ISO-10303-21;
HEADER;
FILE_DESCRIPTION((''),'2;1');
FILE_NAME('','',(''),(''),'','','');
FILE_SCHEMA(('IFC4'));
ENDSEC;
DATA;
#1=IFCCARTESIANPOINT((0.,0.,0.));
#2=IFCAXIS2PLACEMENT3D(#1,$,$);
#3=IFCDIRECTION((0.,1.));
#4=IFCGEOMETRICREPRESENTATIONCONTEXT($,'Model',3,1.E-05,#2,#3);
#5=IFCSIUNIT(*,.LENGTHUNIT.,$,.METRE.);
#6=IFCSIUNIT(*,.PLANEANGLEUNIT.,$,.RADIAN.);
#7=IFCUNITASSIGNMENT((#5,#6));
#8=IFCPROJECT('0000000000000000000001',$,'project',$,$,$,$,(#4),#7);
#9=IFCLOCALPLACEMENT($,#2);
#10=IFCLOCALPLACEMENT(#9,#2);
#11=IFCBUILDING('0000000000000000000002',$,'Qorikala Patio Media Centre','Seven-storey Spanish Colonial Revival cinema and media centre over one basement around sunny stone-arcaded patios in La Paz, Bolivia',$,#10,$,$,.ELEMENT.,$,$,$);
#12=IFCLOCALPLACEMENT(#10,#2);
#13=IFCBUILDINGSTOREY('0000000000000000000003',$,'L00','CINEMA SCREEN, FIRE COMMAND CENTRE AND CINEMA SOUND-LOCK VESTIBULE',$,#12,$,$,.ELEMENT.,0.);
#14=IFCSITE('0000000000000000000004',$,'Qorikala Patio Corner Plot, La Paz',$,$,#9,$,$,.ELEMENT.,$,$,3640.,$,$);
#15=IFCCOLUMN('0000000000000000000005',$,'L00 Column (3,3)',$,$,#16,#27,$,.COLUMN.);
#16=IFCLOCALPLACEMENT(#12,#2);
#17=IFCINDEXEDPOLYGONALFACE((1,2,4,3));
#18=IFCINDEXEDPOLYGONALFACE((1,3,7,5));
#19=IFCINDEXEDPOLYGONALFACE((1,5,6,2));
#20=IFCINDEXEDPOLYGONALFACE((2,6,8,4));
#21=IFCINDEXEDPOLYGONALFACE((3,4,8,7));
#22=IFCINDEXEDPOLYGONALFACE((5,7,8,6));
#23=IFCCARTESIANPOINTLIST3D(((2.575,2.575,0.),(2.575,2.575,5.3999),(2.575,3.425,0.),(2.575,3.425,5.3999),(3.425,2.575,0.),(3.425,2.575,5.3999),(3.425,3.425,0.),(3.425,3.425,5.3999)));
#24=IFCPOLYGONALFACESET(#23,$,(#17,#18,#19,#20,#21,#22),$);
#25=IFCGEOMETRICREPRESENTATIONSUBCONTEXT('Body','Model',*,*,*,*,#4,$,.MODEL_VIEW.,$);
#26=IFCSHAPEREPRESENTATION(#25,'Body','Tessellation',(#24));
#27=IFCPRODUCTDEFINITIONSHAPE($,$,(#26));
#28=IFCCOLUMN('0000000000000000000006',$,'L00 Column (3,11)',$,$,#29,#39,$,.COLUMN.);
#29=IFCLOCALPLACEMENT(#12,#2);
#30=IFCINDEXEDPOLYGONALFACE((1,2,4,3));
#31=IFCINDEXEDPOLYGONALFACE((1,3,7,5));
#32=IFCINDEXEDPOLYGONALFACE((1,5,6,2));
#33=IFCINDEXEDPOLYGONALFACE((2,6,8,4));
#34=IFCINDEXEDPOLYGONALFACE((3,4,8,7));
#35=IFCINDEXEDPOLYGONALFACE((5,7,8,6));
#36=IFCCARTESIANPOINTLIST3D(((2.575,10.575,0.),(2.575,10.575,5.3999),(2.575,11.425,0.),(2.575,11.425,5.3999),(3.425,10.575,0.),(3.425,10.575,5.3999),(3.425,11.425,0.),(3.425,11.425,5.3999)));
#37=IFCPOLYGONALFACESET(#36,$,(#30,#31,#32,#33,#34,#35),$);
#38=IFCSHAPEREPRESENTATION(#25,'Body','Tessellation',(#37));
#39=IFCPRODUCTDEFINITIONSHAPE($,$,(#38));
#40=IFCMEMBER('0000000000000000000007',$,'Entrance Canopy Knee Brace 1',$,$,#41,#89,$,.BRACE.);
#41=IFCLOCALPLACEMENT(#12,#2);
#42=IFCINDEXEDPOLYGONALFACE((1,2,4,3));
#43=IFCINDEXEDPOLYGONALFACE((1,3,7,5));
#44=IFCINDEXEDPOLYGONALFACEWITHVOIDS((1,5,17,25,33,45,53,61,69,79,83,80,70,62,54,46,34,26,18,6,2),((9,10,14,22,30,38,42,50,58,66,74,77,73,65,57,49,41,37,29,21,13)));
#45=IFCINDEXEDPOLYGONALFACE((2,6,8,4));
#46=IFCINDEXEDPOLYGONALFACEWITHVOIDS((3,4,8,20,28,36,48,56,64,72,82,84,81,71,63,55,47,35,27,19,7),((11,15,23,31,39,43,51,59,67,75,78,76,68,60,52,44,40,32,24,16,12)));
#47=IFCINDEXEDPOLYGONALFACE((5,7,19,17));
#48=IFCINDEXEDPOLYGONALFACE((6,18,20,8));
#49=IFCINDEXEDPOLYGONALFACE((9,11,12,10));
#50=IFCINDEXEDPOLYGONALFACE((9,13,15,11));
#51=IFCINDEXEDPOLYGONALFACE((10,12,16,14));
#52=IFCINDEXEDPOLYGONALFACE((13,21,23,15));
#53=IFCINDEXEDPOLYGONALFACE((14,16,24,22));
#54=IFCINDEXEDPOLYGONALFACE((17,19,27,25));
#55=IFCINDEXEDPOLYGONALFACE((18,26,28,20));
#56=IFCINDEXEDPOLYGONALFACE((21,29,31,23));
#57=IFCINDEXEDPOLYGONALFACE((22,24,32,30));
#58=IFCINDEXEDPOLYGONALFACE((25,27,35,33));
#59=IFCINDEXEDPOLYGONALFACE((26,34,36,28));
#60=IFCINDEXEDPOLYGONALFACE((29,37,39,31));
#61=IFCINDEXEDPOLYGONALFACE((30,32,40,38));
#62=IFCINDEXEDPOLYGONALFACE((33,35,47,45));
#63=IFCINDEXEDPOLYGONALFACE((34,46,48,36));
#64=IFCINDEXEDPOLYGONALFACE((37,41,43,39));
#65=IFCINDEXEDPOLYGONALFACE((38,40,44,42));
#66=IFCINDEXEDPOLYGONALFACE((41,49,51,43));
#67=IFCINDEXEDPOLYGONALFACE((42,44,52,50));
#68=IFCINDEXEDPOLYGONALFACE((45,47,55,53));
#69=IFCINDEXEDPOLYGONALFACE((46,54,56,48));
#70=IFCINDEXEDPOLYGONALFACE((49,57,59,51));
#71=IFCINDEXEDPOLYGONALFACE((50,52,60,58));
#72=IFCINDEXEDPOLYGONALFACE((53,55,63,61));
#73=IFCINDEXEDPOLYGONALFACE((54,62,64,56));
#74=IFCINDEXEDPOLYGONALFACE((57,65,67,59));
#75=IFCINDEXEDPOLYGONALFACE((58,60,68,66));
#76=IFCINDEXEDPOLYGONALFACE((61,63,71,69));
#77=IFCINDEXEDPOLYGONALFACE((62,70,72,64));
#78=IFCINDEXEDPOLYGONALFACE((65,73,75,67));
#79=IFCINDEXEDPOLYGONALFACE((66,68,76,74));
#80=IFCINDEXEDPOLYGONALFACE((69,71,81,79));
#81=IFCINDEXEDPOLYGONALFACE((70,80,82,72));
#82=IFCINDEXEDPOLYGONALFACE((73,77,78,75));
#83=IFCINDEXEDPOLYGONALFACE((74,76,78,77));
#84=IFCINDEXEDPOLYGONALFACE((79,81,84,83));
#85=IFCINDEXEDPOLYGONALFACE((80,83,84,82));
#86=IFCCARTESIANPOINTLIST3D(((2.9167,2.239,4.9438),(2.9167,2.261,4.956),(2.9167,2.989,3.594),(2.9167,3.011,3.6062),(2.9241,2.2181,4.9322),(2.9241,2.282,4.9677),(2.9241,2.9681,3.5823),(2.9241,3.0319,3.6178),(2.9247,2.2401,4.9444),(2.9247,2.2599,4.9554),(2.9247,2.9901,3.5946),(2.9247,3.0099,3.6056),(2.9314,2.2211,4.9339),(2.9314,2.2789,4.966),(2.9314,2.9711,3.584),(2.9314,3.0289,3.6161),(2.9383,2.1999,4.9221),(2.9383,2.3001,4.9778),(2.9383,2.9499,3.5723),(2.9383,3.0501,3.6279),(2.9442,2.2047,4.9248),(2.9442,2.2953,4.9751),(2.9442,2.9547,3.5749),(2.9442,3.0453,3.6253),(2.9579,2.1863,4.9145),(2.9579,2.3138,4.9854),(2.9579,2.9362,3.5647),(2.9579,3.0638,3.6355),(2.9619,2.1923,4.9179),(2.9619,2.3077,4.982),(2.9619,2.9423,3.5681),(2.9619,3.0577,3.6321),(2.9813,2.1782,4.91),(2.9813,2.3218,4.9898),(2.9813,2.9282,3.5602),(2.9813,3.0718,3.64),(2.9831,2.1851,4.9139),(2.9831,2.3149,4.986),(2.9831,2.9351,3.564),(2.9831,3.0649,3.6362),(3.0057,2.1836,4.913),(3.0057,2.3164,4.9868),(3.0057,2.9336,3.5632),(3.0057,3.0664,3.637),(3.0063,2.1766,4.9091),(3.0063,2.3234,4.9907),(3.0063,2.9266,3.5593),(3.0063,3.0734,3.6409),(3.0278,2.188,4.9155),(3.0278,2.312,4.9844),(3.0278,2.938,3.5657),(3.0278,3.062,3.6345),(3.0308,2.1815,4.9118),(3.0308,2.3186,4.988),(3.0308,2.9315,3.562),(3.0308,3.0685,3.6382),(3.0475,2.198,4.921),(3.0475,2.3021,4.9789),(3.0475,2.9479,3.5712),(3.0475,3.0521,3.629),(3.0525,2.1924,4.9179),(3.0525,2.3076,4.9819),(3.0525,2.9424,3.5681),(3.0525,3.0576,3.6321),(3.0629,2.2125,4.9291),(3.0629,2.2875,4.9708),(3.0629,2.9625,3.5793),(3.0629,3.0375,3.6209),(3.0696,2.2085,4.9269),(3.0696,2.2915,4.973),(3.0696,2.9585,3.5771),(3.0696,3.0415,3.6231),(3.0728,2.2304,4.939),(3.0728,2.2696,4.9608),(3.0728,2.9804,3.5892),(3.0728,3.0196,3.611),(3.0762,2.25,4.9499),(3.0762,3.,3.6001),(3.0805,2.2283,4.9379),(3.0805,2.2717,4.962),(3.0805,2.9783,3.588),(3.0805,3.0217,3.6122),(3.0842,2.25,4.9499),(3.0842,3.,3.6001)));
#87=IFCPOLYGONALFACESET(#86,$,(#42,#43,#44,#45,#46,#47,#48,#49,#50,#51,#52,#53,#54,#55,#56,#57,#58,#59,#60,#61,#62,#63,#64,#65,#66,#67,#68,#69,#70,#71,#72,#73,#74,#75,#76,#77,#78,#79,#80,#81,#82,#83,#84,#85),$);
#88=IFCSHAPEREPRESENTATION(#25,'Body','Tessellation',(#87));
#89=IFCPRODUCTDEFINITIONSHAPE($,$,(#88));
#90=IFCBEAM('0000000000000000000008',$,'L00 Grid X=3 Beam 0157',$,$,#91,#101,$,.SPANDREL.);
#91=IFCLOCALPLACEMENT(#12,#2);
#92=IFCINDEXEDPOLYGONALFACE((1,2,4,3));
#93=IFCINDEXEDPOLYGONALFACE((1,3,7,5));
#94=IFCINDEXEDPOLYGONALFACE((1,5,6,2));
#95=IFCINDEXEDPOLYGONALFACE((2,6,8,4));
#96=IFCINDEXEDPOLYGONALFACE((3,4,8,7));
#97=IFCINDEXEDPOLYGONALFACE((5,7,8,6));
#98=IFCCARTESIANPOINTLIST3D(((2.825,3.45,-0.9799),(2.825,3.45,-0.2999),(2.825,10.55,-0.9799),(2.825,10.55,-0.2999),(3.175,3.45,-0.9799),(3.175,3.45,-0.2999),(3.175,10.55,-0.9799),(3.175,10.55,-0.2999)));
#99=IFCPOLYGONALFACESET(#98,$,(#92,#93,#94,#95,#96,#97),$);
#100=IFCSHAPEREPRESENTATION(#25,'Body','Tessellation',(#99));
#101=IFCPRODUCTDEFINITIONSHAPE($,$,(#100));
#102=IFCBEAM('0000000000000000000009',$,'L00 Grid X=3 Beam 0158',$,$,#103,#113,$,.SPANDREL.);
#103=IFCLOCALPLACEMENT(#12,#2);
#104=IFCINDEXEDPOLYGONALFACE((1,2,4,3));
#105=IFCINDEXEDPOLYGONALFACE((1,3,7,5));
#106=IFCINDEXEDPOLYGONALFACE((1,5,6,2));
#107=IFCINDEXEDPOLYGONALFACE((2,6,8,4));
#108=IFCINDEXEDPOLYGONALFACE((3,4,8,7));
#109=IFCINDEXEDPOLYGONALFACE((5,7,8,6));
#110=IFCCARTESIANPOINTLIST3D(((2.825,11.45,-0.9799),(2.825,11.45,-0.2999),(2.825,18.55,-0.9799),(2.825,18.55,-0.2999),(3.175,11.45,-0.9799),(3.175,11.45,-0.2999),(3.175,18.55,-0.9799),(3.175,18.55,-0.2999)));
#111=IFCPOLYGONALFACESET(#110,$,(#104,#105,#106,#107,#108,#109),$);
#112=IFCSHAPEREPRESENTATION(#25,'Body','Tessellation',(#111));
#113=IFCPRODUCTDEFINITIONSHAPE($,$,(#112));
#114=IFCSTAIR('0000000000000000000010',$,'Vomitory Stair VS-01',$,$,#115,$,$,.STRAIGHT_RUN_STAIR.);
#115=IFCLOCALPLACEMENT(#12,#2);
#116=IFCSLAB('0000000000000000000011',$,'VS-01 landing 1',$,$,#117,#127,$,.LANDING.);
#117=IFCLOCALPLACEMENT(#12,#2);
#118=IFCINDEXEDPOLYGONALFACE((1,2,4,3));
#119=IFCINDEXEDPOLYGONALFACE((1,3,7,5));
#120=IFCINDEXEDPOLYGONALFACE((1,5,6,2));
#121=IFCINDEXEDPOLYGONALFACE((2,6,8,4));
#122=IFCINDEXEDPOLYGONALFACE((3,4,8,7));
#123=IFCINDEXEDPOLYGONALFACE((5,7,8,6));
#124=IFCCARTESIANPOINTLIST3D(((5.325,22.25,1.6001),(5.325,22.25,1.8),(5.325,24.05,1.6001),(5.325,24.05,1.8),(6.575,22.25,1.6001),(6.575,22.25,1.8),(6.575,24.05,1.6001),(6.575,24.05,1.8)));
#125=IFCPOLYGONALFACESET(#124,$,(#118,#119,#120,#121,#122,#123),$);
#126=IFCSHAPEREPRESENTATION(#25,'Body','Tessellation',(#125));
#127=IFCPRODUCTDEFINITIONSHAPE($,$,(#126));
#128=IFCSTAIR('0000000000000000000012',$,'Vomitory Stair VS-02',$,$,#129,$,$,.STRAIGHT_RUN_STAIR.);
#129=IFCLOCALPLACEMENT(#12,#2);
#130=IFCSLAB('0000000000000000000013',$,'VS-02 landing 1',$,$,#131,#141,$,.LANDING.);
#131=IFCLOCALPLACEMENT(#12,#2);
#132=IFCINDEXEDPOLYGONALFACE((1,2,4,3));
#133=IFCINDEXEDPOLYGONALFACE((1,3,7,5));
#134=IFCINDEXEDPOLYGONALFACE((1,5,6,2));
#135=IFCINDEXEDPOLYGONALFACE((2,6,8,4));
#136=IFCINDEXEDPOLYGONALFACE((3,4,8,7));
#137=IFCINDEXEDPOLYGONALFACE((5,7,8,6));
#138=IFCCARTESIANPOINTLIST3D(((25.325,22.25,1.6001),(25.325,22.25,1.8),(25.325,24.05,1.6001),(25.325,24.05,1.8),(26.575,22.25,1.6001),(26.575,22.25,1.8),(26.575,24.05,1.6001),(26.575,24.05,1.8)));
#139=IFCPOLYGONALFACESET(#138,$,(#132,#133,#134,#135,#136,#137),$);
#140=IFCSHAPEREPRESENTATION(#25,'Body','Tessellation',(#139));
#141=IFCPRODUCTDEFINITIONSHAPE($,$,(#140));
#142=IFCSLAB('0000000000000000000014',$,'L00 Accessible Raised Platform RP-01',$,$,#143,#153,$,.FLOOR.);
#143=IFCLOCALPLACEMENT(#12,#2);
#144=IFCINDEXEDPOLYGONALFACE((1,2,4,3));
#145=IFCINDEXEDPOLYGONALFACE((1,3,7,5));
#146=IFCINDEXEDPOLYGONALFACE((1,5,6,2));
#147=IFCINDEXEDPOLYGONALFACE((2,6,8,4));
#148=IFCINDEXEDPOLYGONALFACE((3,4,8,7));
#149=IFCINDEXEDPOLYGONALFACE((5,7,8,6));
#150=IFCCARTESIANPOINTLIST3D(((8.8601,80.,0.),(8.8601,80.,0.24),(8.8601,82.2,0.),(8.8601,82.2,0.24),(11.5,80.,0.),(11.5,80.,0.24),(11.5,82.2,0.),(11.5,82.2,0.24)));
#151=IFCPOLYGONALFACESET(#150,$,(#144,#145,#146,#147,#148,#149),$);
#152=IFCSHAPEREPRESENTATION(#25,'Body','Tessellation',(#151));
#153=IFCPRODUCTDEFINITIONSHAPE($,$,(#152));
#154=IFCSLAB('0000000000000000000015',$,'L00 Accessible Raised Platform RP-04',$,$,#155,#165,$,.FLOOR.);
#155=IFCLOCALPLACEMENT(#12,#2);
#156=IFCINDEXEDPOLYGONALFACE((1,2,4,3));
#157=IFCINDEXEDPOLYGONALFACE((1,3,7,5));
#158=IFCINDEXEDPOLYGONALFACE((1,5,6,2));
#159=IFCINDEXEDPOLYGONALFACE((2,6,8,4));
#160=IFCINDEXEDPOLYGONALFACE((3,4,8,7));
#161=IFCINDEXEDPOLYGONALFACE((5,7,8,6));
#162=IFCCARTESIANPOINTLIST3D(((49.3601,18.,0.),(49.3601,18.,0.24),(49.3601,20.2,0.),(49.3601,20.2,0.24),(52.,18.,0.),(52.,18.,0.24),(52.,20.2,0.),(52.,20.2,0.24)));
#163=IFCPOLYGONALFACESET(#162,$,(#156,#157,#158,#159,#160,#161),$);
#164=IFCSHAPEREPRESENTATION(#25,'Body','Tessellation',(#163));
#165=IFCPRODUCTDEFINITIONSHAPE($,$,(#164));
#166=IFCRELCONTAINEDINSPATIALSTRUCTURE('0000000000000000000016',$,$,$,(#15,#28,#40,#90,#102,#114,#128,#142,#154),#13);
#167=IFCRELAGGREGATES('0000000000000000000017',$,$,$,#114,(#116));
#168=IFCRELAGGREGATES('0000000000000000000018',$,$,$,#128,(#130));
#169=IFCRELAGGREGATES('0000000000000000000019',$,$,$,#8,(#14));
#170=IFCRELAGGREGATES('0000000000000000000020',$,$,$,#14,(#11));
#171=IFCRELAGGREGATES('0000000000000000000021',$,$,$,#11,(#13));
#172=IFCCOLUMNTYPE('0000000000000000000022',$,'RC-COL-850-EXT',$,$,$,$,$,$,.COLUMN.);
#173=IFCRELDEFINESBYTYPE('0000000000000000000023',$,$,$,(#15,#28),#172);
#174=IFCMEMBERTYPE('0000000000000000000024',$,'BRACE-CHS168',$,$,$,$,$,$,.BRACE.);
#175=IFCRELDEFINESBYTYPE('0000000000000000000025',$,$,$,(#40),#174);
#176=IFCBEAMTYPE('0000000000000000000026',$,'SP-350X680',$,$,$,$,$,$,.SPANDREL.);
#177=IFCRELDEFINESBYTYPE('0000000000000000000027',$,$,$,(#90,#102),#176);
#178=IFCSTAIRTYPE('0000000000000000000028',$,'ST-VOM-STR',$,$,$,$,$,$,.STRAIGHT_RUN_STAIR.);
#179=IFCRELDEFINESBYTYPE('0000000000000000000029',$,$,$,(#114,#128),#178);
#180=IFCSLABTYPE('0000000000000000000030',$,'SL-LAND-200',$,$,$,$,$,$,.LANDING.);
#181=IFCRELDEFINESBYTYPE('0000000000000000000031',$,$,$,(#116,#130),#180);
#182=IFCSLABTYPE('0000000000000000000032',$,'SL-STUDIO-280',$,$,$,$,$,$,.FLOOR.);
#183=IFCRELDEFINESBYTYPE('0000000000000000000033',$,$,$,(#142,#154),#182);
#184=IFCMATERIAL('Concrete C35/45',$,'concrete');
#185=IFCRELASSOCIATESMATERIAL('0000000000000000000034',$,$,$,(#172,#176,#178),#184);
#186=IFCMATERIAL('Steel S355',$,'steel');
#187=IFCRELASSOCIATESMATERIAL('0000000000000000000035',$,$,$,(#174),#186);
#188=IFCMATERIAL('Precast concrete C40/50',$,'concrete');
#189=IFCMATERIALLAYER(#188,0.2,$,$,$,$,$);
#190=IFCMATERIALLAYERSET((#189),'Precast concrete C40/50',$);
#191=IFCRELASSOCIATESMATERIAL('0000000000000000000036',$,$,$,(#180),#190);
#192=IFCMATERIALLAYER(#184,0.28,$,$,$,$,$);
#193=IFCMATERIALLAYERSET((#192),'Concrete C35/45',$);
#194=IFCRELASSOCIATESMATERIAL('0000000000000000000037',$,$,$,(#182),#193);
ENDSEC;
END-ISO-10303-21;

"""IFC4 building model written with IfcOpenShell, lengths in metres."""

from ifc_helpers import new_model, si_unit, direction, frame, origin, origin_2d, place, context, subcontext, project, spatial, polyline, rectangle, hollow_circle, outline, extrude, material, layer, layer_set, material_profile, profile_set, type_object, element, aggregate, save


model = new_model("IFC4")

# Units and contexts
model_context = context("Model", 3, precision=1e-05, world=origin(), true_north=direction((0.0, 1.0)))
body_context = subcontext(model_context, "Body", "Model", "MODEL_VIEW")
ifc_project = project(units=[si_unit("LENGTHUNIT", "METRE"), si_unit("PLANEANGLEUNIT", "RADIAN")], contexts=[model_context])

# Site, building, storey
site_placement = place(None, origin())
site = spatial("IfcSite", under=ifc_project, at=site_placement, Name="Qorikala Patio Corner Plot, La Paz", CompositionType="ELEMENT", RefElevation=3640.0)
building_placement = place(site_placement, origin())
building = spatial("IfcBuilding", under=site, at=building_placement, Name="Qorikala Patio Media Centre", Description="Seven-storey Spanish Colonial Revival cinema and media centre over one basement around sunny stone-arcaded patios in La Paz, Bolivia", CompositionType="ELEMENT")
storey_placement = place(building_placement, origin())
storey = spatial("IfcBuildingStorey", under=building, at=storey_placement, Name="L00", Description="CINEMA SCREEN, FIRE COMMAND CENTRE AND CINEMA SOUND-LOCK VESTIBULE", CompositionType="ELEMENT", Elevation=0.0)

# Columns
ifc_material_1 = material(Name="Concrete C35/45", Category="concrete")
ifc_material_profile_1 = material_profile(ifc_material_1, rectangle(XDim=0.8501, YDim=0.8501, at=origin_2d()), Name="RC 850x850")
ifc_profile_set_1 = profile_set([ifc_material_profile_1], Name="Concrete C35/45")
column_type = type_object("IfcColumnType", Name="RC-COL-850-EXT", PredefinedType="COLUMN", material=ifc_profile_set_1)
for number, where, z_axis, x_axis, name in (
    (1, (3.0, 3.0, 0.0), (0.0, 0.0, 1.0), (1.0, 0.0, 0.0), "L00 Column (3,3)"),
    (2, (3.0, 11.0, 0.0), (0.0, 0.0, 1.0), (1.0, 0.0, 0.0), "L00 Column (3,11)"),
):
    element("IfcColumn", number, at=place(storey_placement, frame(where, z_axis=z_axis, x_axis=x_axis)), inside=storey, type_object=column_type, Name=name, PredefinedType="COLUMN", context=body_context, shape_type="SweptSolid", body=[
        extrude(rectangle(XDim=0.8501, YDim=0.8501, at=origin_2d()), origin(), (0.0, 0.0, 1.0), 5.3999),
    ])

# Member
ifc_material_2 = material(Name="Steel S355", Category="steel")
ifc_material_profile_2 = material_profile(ifc_material_2, hollow_circle(Radius=0.0842, WallThickness=0.0081, at=origin_2d()), Name="CHS168X8")
ifc_profile_set_2 = profile_set([ifc_material_profile_2], Name="Steel S355")
member_type = type_object("IfcMemberType", Name="BRACE-CHS168", PredefinedType="BRACE", material=ifc_profile_set_2)
member_placement = place(storey_placement, frame((3.0, 3.0, 3.6001), z_axis=(0.0, -0.485683, 0.874135), x_axis=(1.0, 0.0, 0.0)))
element("IfcMember", 3, at=member_placement, inside=storey, type_object=member_type, Name="Entrance Canopy Knee Brace 1", PredefinedType="BRACE", context=body_context, shape_type="SweptSolid", body=[
    extrude(hollow_circle(Radius=0.0842, WallThickness=0.0081, at=origin_2d()), origin(), (0.0, 0.0, 1.0), 1.5442),
])

# Beams
ifc_material_profile_3 = material_profile(ifc_material_1, rectangle(XDim=0.3501, YDim=0.6799, at=origin_2d()), Name="RC 350x680")
ifc_profile_set_3 = profile_set([ifc_material_profile_3], Name="Concrete C35/45")
beam_type = type_object("IfcBeamType", Name="SP-350X680", PredefinedType="SPANDREL", material=ifc_profile_set_3)
for number, where, z_axis, x_axis, name in (
    (4, (3.0, 3.45, -0.6399), (0.0, 1.0, 0.0), (-1.0, 0.0, 0.0), "L00 Grid X=3 Beam 0157"),
    (5, (3.0, 11.45, -0.6399), (0.0, 1.0, 0.0), (-1.0, 0.0, 0.0), "L00 Grid X=3 Beam 0158"),
):
    element("IfcBeam", number, at=place(storey_placement, frame(where, z_axis=z_axis, x_axis=x_axis)), inside=storey, type_object=beam_type, Name=name, PredefinedType="SPANDREL", context=body_context, shape_type="SweptSolid", body=[
        extrude(rectangle(XDim=0.3501, YDim=0.6799, at=origin_2d()), origin(), (0.0, 0.0, 1.0), 7.1001),
    ])

# Stairs, slabs
stair_type = type_object("IfcStairType", Name="ST-VOM-STR", PredefinedType="STRAIGHT_RUN_STAIR", material=ifc_material_1)
stair_1_placement = place(storey_placement, origin())
stair_1 = element("IfcStair", 6, at=stair_1_placement, inside=storey, type_object=stair_type, Name="Vomitory Stair VS-01", PredefinedType="STRAIGHT_RUN_STAIR")
ifc_material_3 = material(Name="Precast concrete C40/50", Category="concrete")
ifc_layer_1 = layer(ifc_material_3, 0.2)
ifc_layer_set_1 = layer_set([ifc_layer_1], Name="Precast concrete C40/50")
slab_type_1 = type_object("IfcSlabType", Name="SL-LAND-200", PredefinedType="LANDING", material=ifc_layer_set_1)
slab_1_placement = place(storey_placement, frame((0.0, 0.0, 1.6001)))
slab_1 = element("IfcSlab", 7, at=slab_1_placement, type_object=slab_type_1, Name="VS-01 landing 1", PredefinedType="LANDING", context=body_context, shape_type="SweptSolid", body=[
    extrude(outline(polyline([(5.325, 22.25), (6.575, 22.25), (6.575, 24.05), (5.325, 24.05), (5.325, 22.25)])), origin(), (0.0, 0.0, 1.0), 0.2),
])
aggregate(stair_1, [slab_1])
stair_2_placement = place(storey_placement, origin())
stair_2 = element("IfcStair", 8, at=stair_2_placement, inside=storey, type_object=stair_type, Name="Vomitory Stair VS-02", PredefinedType="STRAIGHT_RUN_STAIR")
slab_2_placement = place(storey_placement, frame((0.0, 0.0, 1.6001)))
slab_2 = element("IfcSlab", 9, at=slab_2_placement, type_object=slab_type_1, Name="VS-02 landing 1", PredefinedType="LANDING", context=body_context, shape_type="SweptSolid", body=[
    extrude(outline(polyline([(25.325, 22.25), (26.575, 22.25), (26.575, 24.05), (25.325, 24.05), (25.325, 22.25)])), origin(), (0.0, 0.0, 1.0), 0.2),
])
aggregate(stair_2, [slab_2])

# Slabs
ifc_layer_2 = layer(ifc_material_1, 0.28)
ifc_layer_set_2 = layer_set([ifc_layer_2], Name="Concrete C35/45")
slab_type_2 = type_object("IfcSlabType", Name="SL-STUDIO-280", PredefinedType="FLOOR", material=ifc_layer_set_2)
slab_3_placement = place(storey_placement, origin())
element("IfcSlab", 10, at=slab_3_placement, inside=storey, type_object=slab_type_2, Name="L00 Accessible Raised Platform RP-01", PredefinedType="FLOOR", context=body_context, shape_type="SweptSolid", body=[
    extrude(outline(polyline([(8.8601, 80.0), (11.5, 80.0), (11.5, 82.2), (8.8601, 82.2), (8.8601, 80.0)])), origin(), (0.0, 0.0, 1.0), 0.24),
])
slab_4_placement = place(storey_placement, origin())
element("IfcSlab", 11, at=slab_4_placement, inside=storey, type_object=slab_type_2, Name="L00 Accessible Raised Platform RP-04", PredefinedType="FLOOR", context=body_context, shape_type="SweptSolid", body=[
    extrude(outline(polyline([(49.3601, 18.0), (52.0, 18.0), (52.0, 20.2), (49.3601, 20.2), (49.3601, 18.0)])), origin(), (0.0, 0.0, 1.0), 0.24),
])

save(model, "model.ifc")
